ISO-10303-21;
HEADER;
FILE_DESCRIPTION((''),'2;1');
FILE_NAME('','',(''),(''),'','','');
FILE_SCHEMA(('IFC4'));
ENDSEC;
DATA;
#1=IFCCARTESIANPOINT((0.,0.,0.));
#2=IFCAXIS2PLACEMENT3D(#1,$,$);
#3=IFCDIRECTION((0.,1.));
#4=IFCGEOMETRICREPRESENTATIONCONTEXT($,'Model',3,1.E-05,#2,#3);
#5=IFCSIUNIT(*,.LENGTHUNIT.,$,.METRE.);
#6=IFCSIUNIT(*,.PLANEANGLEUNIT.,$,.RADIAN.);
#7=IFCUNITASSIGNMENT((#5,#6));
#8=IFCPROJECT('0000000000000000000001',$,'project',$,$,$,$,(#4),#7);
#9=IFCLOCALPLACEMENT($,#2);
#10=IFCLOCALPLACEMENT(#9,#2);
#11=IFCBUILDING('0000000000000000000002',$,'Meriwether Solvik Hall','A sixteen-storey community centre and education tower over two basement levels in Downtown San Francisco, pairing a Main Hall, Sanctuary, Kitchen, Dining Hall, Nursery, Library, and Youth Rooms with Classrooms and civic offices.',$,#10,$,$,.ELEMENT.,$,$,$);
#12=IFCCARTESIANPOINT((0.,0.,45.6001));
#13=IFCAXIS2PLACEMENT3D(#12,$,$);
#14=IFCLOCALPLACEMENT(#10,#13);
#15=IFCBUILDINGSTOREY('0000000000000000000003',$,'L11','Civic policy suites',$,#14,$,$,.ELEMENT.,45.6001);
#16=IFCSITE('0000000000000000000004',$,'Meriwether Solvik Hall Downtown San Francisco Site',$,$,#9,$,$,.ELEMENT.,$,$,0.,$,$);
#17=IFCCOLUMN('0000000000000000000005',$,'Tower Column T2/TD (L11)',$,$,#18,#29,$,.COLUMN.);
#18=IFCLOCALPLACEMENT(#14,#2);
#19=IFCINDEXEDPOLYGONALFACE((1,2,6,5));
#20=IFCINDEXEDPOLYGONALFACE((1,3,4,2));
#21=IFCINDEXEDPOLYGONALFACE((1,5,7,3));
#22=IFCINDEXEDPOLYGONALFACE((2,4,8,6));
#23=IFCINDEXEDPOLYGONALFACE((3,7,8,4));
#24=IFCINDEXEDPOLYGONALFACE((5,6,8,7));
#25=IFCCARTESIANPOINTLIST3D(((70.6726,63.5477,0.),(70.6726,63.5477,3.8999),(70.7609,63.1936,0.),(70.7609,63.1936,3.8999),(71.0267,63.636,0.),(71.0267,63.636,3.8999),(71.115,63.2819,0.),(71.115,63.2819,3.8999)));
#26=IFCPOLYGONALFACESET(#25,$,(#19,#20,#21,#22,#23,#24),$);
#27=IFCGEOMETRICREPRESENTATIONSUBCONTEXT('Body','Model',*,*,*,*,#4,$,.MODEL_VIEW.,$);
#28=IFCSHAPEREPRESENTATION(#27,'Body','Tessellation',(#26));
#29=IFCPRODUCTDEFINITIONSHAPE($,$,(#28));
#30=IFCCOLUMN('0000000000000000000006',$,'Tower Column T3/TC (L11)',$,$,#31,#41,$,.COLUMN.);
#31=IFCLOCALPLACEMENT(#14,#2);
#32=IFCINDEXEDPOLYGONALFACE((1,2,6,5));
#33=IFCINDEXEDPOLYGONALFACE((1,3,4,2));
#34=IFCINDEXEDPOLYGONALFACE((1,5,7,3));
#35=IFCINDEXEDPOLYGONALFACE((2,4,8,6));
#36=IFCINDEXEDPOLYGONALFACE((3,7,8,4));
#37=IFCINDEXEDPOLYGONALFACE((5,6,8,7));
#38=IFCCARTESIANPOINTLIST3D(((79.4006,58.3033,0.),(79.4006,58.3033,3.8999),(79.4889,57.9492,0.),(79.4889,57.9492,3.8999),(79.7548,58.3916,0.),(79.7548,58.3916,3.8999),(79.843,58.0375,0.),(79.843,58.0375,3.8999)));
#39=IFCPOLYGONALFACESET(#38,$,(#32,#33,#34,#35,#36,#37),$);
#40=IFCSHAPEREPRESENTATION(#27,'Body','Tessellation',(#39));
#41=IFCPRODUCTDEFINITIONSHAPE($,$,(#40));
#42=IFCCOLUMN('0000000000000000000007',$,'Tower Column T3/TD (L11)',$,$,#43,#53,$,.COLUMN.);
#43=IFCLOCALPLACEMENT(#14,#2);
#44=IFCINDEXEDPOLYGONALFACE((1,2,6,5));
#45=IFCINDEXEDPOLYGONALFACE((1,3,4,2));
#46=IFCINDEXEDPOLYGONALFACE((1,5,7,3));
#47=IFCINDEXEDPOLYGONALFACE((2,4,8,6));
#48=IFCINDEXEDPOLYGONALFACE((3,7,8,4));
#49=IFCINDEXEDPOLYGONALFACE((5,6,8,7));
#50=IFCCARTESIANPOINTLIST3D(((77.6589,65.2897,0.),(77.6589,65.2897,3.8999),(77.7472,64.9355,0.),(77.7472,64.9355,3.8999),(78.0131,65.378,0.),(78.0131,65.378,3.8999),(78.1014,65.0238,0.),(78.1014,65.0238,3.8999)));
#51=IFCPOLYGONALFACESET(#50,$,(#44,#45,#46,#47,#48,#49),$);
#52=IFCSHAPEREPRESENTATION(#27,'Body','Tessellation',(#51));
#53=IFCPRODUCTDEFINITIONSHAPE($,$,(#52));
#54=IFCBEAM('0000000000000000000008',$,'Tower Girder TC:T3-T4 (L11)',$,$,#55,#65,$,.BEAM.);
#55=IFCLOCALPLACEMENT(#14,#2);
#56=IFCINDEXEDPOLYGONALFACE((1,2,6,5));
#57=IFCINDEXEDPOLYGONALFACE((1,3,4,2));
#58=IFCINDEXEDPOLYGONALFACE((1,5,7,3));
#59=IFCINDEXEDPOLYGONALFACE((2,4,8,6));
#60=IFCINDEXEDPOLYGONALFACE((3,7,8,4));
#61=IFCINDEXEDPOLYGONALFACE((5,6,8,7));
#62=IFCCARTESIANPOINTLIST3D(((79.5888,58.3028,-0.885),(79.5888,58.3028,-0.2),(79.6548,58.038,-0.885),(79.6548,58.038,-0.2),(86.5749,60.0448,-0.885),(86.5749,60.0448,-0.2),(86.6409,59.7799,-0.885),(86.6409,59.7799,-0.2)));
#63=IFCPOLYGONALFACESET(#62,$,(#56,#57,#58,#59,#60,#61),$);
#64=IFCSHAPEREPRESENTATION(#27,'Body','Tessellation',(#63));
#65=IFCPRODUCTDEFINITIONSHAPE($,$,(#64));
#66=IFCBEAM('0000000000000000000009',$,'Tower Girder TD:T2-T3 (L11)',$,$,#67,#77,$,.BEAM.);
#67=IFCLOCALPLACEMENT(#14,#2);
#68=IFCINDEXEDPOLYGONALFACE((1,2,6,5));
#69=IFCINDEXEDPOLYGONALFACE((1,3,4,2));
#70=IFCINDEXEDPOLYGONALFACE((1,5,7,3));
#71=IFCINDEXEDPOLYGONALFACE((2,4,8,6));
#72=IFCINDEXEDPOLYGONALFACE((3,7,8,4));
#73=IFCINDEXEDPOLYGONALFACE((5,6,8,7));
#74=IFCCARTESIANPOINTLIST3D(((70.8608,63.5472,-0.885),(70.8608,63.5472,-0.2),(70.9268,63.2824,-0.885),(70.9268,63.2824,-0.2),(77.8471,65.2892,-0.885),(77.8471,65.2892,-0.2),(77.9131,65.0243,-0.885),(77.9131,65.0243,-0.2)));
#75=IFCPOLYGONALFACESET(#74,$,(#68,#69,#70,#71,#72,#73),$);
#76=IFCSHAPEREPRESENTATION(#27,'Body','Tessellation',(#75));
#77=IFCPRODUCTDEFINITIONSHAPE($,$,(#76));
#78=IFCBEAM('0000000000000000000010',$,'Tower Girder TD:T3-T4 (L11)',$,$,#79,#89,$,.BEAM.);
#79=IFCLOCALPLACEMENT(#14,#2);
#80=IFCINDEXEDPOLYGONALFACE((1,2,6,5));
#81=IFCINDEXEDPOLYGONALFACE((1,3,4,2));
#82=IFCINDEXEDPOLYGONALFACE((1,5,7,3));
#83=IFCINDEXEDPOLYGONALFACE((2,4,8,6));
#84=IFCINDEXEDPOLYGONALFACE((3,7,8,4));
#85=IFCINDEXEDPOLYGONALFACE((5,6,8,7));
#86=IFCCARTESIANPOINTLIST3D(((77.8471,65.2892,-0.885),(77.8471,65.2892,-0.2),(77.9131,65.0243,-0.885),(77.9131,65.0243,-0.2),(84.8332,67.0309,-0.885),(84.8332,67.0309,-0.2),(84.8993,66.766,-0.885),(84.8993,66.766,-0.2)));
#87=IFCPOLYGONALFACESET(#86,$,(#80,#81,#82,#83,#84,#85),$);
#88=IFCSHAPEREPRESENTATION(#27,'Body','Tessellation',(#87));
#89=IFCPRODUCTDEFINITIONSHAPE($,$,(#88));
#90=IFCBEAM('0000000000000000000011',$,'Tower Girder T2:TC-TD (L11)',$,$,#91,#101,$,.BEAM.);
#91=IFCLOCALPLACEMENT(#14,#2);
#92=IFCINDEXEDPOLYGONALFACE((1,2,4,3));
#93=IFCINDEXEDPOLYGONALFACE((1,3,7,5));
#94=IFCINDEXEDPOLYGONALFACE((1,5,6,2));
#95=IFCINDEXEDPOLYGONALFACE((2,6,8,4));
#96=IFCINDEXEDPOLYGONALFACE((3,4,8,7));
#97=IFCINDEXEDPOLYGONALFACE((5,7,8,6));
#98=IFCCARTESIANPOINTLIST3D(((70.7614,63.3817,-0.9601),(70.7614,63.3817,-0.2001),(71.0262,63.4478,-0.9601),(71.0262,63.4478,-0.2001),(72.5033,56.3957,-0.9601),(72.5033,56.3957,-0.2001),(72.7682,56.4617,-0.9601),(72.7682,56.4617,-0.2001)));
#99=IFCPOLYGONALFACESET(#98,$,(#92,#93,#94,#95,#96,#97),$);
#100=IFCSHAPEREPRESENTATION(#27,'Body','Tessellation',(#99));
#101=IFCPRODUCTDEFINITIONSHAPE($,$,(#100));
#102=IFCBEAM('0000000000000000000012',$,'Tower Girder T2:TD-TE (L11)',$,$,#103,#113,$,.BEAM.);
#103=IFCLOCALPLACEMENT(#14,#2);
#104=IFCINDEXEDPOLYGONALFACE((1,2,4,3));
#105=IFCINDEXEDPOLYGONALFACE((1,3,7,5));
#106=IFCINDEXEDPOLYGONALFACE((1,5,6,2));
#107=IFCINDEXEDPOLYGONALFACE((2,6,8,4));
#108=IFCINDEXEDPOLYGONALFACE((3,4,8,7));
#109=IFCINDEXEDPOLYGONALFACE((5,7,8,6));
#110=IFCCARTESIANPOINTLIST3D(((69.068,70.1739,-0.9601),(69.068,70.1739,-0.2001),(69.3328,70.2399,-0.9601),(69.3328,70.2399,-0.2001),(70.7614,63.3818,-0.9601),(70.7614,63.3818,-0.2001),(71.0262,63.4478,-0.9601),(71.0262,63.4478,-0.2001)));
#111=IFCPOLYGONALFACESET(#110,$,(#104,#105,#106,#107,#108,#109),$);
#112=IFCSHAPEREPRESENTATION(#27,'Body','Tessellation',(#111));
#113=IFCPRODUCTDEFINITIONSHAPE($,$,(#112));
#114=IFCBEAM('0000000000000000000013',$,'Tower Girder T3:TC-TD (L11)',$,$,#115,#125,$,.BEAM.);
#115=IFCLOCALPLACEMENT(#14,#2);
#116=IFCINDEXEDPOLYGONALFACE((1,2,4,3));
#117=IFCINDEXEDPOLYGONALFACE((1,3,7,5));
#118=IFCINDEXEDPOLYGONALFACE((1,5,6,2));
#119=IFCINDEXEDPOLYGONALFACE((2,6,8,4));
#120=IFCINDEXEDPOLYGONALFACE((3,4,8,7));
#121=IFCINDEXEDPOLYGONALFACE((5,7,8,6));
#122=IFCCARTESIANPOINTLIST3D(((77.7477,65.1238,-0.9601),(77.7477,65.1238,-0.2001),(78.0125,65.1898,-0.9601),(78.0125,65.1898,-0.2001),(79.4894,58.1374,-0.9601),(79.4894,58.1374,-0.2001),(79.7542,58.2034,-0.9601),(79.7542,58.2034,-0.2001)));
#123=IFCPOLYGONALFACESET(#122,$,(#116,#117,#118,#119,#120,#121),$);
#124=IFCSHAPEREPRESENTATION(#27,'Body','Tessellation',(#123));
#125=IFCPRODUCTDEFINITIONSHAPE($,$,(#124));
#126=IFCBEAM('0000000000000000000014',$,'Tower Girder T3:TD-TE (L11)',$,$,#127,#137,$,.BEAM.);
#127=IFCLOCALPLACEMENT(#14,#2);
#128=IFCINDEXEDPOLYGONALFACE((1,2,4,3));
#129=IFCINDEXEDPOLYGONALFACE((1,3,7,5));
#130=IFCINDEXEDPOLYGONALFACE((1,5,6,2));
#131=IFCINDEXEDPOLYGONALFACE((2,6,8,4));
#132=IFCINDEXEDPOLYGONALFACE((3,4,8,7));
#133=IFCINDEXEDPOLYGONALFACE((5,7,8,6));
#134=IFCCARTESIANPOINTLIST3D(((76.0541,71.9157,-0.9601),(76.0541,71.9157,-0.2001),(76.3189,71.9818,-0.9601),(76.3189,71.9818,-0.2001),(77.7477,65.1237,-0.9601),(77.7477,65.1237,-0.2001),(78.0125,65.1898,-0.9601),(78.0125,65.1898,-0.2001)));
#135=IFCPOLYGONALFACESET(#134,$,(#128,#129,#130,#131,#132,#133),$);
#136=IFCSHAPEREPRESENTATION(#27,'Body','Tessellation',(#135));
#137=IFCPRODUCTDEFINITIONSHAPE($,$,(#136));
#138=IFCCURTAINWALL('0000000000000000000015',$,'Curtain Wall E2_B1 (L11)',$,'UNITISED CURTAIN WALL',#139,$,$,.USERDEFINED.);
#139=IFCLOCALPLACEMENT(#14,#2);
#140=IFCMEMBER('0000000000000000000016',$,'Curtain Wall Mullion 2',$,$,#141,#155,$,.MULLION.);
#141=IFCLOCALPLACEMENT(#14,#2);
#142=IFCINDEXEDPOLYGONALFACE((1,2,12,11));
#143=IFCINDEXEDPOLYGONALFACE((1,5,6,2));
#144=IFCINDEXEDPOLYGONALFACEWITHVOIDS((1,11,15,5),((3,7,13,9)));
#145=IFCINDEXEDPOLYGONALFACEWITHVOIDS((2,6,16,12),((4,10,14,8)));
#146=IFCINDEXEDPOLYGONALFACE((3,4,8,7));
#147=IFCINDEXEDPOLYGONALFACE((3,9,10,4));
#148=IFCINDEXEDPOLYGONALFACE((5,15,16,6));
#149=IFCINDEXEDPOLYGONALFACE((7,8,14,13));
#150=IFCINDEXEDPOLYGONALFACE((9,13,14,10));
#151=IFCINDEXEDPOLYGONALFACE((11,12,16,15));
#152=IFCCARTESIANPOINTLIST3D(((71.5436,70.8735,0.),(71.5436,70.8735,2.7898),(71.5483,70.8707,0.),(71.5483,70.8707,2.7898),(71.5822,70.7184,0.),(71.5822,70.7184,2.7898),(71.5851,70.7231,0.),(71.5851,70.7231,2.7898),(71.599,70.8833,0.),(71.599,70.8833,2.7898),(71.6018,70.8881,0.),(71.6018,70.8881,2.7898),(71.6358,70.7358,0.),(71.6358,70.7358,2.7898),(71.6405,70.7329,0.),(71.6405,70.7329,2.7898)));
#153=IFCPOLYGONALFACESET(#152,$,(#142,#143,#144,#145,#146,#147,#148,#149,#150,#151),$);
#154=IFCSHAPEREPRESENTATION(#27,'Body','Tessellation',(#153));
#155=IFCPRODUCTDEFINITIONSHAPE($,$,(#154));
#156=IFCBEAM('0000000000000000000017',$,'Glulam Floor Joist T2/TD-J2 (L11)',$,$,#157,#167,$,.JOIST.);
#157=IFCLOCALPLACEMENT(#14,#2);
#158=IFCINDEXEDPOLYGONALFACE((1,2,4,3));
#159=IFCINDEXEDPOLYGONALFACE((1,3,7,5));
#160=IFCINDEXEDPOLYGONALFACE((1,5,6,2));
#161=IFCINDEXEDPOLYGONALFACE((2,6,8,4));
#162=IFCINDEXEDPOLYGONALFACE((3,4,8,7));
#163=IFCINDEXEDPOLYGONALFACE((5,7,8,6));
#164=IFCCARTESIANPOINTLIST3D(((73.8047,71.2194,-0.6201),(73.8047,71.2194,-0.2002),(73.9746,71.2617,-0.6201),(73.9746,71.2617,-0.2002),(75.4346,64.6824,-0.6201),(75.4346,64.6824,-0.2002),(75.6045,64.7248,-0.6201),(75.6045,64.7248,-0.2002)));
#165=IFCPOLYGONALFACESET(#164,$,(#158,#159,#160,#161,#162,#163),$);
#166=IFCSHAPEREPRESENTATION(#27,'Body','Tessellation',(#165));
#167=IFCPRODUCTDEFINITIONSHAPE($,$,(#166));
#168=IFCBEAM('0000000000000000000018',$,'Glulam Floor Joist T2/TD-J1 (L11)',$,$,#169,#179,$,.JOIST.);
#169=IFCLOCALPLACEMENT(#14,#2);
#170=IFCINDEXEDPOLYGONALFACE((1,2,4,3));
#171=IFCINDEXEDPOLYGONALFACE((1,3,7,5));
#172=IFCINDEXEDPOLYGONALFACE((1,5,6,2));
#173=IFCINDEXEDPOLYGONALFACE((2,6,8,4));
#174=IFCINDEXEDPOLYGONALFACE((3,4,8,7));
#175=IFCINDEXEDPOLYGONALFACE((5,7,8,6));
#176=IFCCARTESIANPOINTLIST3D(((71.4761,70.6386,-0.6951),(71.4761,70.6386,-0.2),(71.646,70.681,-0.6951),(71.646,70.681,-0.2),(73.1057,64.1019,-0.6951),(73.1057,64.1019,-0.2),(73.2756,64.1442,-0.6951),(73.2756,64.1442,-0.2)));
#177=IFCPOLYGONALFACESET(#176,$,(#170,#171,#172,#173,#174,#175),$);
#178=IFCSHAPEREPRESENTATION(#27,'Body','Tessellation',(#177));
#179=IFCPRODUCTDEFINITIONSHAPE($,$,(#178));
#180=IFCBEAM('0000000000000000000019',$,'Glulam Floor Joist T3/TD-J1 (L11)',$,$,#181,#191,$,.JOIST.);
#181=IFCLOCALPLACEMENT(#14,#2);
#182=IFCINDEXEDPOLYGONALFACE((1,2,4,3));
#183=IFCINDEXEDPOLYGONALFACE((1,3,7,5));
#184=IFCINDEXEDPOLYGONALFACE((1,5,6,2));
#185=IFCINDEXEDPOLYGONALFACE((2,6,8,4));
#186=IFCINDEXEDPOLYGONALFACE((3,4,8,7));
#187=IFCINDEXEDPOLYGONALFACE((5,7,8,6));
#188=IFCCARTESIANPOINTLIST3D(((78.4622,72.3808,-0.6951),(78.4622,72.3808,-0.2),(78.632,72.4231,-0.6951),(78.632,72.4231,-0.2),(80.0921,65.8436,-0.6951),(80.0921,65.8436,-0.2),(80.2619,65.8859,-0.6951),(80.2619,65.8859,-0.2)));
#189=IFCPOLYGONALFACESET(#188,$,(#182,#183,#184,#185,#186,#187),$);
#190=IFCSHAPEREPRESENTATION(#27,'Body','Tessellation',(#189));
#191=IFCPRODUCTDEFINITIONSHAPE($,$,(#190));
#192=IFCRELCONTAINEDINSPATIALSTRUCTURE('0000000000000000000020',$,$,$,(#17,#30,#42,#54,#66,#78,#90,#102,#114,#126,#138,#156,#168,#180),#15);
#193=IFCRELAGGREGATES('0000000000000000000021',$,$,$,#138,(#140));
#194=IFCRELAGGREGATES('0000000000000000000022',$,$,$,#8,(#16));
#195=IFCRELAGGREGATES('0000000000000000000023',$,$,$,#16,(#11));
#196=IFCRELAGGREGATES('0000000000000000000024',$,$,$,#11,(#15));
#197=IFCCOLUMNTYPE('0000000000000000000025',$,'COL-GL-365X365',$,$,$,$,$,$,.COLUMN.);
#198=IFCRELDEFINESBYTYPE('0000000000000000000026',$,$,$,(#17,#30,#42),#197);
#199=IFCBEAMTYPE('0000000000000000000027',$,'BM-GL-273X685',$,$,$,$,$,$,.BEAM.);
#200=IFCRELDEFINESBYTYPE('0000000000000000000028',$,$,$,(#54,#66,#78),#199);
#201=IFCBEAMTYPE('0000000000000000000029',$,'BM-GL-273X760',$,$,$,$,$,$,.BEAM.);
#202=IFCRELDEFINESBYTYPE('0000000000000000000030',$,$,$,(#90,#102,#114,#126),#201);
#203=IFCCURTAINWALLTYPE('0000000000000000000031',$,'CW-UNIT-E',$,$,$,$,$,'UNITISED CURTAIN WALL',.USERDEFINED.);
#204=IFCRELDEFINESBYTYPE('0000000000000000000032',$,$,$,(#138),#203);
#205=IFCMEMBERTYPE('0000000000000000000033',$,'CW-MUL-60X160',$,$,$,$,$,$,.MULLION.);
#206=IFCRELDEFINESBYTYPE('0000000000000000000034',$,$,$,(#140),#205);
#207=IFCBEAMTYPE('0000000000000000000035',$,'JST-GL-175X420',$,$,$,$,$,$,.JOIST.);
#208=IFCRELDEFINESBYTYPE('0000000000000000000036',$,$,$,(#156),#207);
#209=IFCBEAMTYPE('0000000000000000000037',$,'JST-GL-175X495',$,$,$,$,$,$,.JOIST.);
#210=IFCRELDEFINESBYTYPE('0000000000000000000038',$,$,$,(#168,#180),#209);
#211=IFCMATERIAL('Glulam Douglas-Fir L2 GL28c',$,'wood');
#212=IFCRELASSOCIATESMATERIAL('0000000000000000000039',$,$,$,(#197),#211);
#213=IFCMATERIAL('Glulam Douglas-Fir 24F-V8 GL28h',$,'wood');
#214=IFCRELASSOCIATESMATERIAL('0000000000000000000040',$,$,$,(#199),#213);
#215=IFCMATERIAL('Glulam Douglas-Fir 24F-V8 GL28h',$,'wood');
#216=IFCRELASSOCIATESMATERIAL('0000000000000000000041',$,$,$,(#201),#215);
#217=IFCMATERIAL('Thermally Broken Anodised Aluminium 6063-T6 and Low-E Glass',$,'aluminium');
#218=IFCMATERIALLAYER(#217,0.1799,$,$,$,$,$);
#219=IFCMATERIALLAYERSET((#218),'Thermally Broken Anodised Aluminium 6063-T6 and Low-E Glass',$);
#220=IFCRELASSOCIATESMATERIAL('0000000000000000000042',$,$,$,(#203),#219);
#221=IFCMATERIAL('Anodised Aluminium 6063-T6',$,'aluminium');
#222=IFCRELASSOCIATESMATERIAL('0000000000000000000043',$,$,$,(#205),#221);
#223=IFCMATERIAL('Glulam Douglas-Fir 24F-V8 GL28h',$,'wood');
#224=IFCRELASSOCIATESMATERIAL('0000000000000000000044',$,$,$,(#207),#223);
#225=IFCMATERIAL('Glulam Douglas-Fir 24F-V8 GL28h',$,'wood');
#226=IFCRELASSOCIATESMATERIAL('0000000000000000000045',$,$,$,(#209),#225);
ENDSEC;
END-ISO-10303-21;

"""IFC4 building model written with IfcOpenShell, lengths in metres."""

from ifc_helpers import new_model, si_unit, direction, frame, origin, origin_2d, place, context, subcontext, project, spatial, rectangle, hollow_rectangle, extrude, material, layer, layer_set, material_profile, profile_set, type_object, element, aggregate, save


model = new_model("IFC4")

# Units and contexts
model_context = context("Model", 3, precision=1e-05, world=origin(), true_north=direction((0.0, 1.0)))
body_context = subcontext(model_context, "Body", "Model", "MODEL_VIEW")
ifc_project = project(units=[si_unit("LENGTHUNIT", "METRE"), si_unit("PLANEANGLEUNIT", "RADIAN")], contexts=[model_context])

# Site, building, storey
site_placement = place(None, origin())
site = spatial("IfcSite", under=ifc_project, at=site_placement, Name="Meriwether Solvik Hall Downtown San Francisco Site", CompositionType="ELEMENT", RefElevation=0.0)
building_placement = place(site_placement, origin())
building = spatial("IfcBuilding", under=site, at=building_placement, Name="Meriwether Solvik Hall", Description="A sixteen-storey community centre and education tower over two basement levels in Downtown San Francisco, pairing a Main Hall, Sanctuary, Kitchen, Dining Hall, Nursery, Library, and Youth Rooms with Classrooms and civic offices.", CompositionType="ELEMENT")
storey_placement = place(building_placement, frame((0.0, 0.0, 45.6001)))
storey = spatial("IfcBuildingStorey", under=building, at=storey_placement, Name="L11", Description="Civic policy suites", CompositionType="ELEMENT", Elevation=45.6001)

# Columns
ifc_material_1 = material(Name="Glulam Douglas-Fir L2 GL28c", Category="wood")
ifc_material_profile_1 = material_profile(ifc_material_1, rectangle(XDim=0.365, YDim=0.365, at=origin_2d()), Name="GLC-365X365")
ifc_profile_set_1 = profile_set([ifc_material_profile_1], Name="Glulam Douglas-Fir L2 GL28c")
column_type = type_object("IfcColumnType", Name="COL-GL-365X365", PredefinedType="COLUMN", material=ifc_profile_set_1)
for number, where, z_axis, x_axis, name in (
    (1, (70.8938, 63.4148, 0.0), (0.0, 0.0, 1.0), (0.970296, 0.241922, 0.0), "Tower Column T2/TD (L11)"),
    (2, (79.6218, 58.1704, 0.0), (0.0, 0.0, 1.0), (0.970296, 0.241922, 0.0), "Tower Column T3/TC (L11)"),
    (3, (77.8801, 65.1567, 0.0), (0.0, 0.0, 1.0), (0.970296, 0.241922, 0.0), "Tower Column T3/TD (L11)"),
):
    element("IfcColumn", number, at=place(storey_placement, frame(where, z_axis=z_axis, x_axis=x_axis)), inside=storey, type_object=column_type, Name=name, PredefinedType="COLUMN", context=body_context, shape_type="SweptSolid", body=[
        extrude(rectangle(XDim=0.365, YDim=0.365, at=origin_2d()), origin(), (0.0, 0.0, 1.0), 3.8999),
    ])

# Beams
ifc_material_2 = material(Name="Glulam Douglas-Fir 24F-V8 GL28h", Category="wood")
ifc_material_profile_2 = material_profile(ifc_material_2, rectangle(XDim=0.2729, YDim=0.6851, at=origin_2d()), Name="GLB-273X685")
ifc_profile_set_2 = profile_set([ifc_material_profile_2], Name="Glulam Douglas-Fir 24F-V8 GL28h")
beam_type_1 = type_object("IfcBeamType", Name="BM-GL-273X685", PredefinedType="BEAM", material=ifc_profile_set_2)
beam_1_placement = place(storey_placement, frame((79.6218, 58.1704, -0.5425), z_axis=(0.970292, 0.241937, 0.0), x_axis=(-0.241937, 0.970292, 0.0)))
element("IfcBeam", 4, at=beam_1_placement, inside=storey, type_object=beam_type_1, Name="Tower Girder TC:T3-T4 (L11)", PredefinedType="BEAM", context=body_context, shape_type="SweptSolid", body=[
    extrude(rectangle(XDim=0.2729, YDim=0.6851, at=origin_2d()), origin(), (0.0, 0.0, 1.0), 7.2),
])
beam_2_placement = place(storey_placement, frame((70.8938, 63.4148, -0.5425), z_axis=(0.970294, 0.241929, 0.0), x_axis=(-0.241929, 0.970294, 0.0)))
element("IfcBeam", 5, at=beam_2_placement, inside=storey, type_object=beam_type_1, Name="Tower Girder TD:T2-T3 (L11)", PredefinedType="BEAM", context=body_context, shape_type="SweptSolid", body=[
    extrude(rectangle(XDim=0.2729, YDim=0.6851, at=origin_2d()), origin(), (0.0, 0.0, 1.0), 7.2002),
])
beam_3_placement = place(storey_placement, frame((77.8801, 65.1567, -0.5425), z_axis=(0.9703, 0.241905, 0.0), x_axis=(-0.241905, 0.9703, 0.0)))
element("IfcBeam", 6, at=beam_3_placement, inside=storey, type_object=beam_type_1, Name="Tower Girder TD:T3-T4 (L11)", PredefinedType="BEAM", context=body_context, shape_type="SweptSolid", body=[
    extrude(rectangle(XDim=0.2729, YDim=0.6851, at=origin_2d()), origin(), (0.0, 0.0, 1.0), 7.2),
])
ifc_material_3 = material(Name="Glulam Douglas-Fir 24F-V8 GL28h", Category="wood")
ifc_material_profile_3 = material_profile(ifc_material_3, rectangle(XDim=0.2729, YDim=0.76, at=origin_2d()), Name="GLB-273X760")
ifc_profile_set_3 = profile_set([ifc_material_profile_3], Name="Glulam Douglas-Fir 24F-V8 GL28h")
beam_type_2 = type_object("IfcBeamType", Name="BM-GL-273X760", PredefinedType="BEAM", material=ifc_profile_set_3)
beam_4_placement = place(storey_placement, frame((72.6357, 56.4287, -0.5801), z_axis=(-0.241937, 0.970292, 0.0), x_axis=(-0.970292, -0.241937, 0.0)))
element("IfcBeam", 7, at=beam_4_placement, inside=storey, type_object=beam_type_2, Name="Tower Girder T2:TC-TD (L11)", PredefinedType="BEAM", context=body_context, shape_type="SweptSolid", body=[
    extrude(rectangle(XDim=0.2729, YDim=0.76, at=origin_2d()), origin(), (0.0, 0.0, 1.0), 7.2),
])
beam_5_placement = place(storey_placement, frame((70.8938, 63.4148, -0.5801), z_axis=(-0.241912, 0.970298, 0.0), x_axis=(-0.970298, -0.241912, 0.0)))
element("IfcBeam", 8, at=beam_5_placement, inside=storey, type_object=beam_type_2, Name="Tower Girder T2:TD-TE (L11)", PredefinedType="BEAM", context=body_context, shape_type="SweptSolid", body=[
    extrude(rectangle(XDim=0.2729, YDim=0.76, at=origin_2d()), origin(), (0.0, 0.0, 1.0), 7.0),
])
beam_6_placement = place(storey_placement, frame((79.6218, 58.1704, -0.5801), z_axis=(-0.241897, 0.970302, 0.0), x_axis=(-0.970302, -0.241897, 0.0)))
element("IfcBeam", 9, at=beam_6_placement, inside=storey, type_object=beam_type_2, Name="Tower Girder T3:TC-TD (L11)", PredefinedType="BEAM", context=body_context, shape_type="SweptSolid", body=[
    extrude(rectangle(XDim=0.2729, YDim=0.76, at=origin_2d()), origin(), (0.0, 0.0, 1.0), 7.2002),
])
beam_7_placement = place(storey_placement, frame((77.8801, 65.1567, -0.5801), z_axis=(-0.241945, 0.97029, 0.0), x_axis=(-0.97029, -0.241945, 0.0)))
element("IfcBeam", 10, at=beam_7_placement, inside=storey, type_object=beam_type_2, Name="Tower Girder T3:TD-TE (L11)", PredefinedType="BEAM", context=body_context, shape_type="SweptSolid", body=[
    extrude(rectangle(XDim=0.2729, YDim=0.76, at=origin_2d()), origin(), (0.0, 0.0, 1.0), 7.0),
])

# Curtain wall, member
ifc_material_4 = material(Name="Thermally Broken Anodised Aluminium 6063-T6 and Low-E Glass", Category="aluminium")
ifc_layer_1 = layer(ifc_material_4, 0.1799)
ifc_layer_set_1 = layer_set([ifc_layer_1], Name="Thermally Broken Anodised Aluminium 6063-T6 and Low-E Glass")
curtain_wall_type = type_object("IfcCurtainWallType", Name="CW-UNIT-E", ElementType="UNITISED CURTAIN WALL", PredefinedType="USERDEFINED", material=ifc_layer_set_1)
curtain_wall_placement = place(storey_placement, origin())
curtain_wall = element("IfcCurtainWall", 11, at=curtain_wall_placement, inside=storey, type_object=curtain_wall_type, Name="Curtain Wall E2_B1 (L11)", ObjectType="UNITISED CURTAIN WALL", PredefinedType="USERDEFINED")
ifc_material_5 = material(Name="Anodised Aluminium 6063-T6", Category="aluminium")
ifc_material_profile_4 = material_profile(ifc_material_5, hollow_rectangle(XDim=0.0601, YDim=0.1599, WallThickness=0.0039, at=origin_2d()), Name="CWM-60X160")
ifc_profile_set_4 = profile_set([ifc_material_profile_4], Name="Anodised Aluminium 6063-T6")
member_type_1 = type_object("IfcMemberType", Name="CW-MUL-60X160", PredefinedType="MULLION", material=ifc_profile_set_4)
member_1_placement = place(storey_placement, frame((71.592, 70.8032, 0.0), z_axis=(0.0, 0.0, 1.0), x_axis=(0.970296, 0.241922, 0.0)))
member_1 = element("IfcMember", 12, at=member_1_placement, type_object=member_type_1, Name="Curtain Wall Mullion 2", PredefinedType="MULLION", context=body_context, shape_type="SweptSolid", body=[
    extrude(hollow_rectangle(XDim=0.0601, YDim=0.1599, WallThickness=0.0039, at=origin_2d()), origin(), (0.0, 0.0, 1.0), 2.7898),
])

# Beams
ifc_material_6 = material(Name="Glulam Douglas-Fir 24F-V8 GL28h", Category="wood")
ifc_material_profile_5 = material_profile(ifc_material_6, rectangle(XDim=0.175, YDim=0.4199, at=origin_2d()), Name="GLJ-175X420")
ifc_profile_set_5 = profile_set([ifc_material_profile_5], Name="Glulam Douglas-Fir 24F-V8 GL28h")
beam_type_3 = type_object("IfcBeamType", Name="JST-GL-175X420", PredefinedType="JOIST", material=ifc_profile_set_5)
beam_8_placement = place(storey_placement, frame((75.5195, 64.7036, -0.4102), z_axis=(-0.24193, 0.970294, 0.0), x_axis=(-0.970294, -0.24193, 0.0)))
element("IfcBeam", 13, at=beam_8_placement, inside=storey, type_object=beam_type_3, Name="Glulam Floor Joist T2/TD-J2 (L11)", PredefinedType="JOIST", context=body_context, shape_type="SweptSolid", body=[
    extrude(rectangle(XDim=0.175, YDim=0.4199, at=origin_2d()), origin(), (0.0, 0.0, 1.0), 6.7371),
])
ifc_material_7 = material(Name="Glulam Douglas-Fir 24F-V8 GL28h", Category="wood")
ifc_material_profile_6 = material_profile(ifc_material_7, rectangle(XDim=0.175, YDim=0.4951, at=origin_2d()), Name="GLJ-175X495")
ifc_profile_set_6 = profile_set([ifc_material_profile_6], Name="Glulam Douglas-Fir 24F-V8 GL28h")
beam_type_4 = type_object("IfcBeamType", Name="JST-GL-175X495", PredefinedType="JOIST", material=ifc_profile_set_6)
beam_9_placement = place(storey_placement, frame((73.1907, 64.123, -0.4475), z_axis=(-0.241896, 0.970302, 0.0), x_axis=(-0.970302, -0.241896, 0.0)))
element("IfcBeam", 14, at=beam_9_placement, inside=storey, type_object=beam_type_4, Name="Glulam Floor Joist T2/TD-J1 (L11)", PredefinedType="JOIST", context=body_context, shape_type="SweptSolid", body=[
    extrude(rectangle(XDim=0.175, YDim=0.4951, at=origin_2d()), origin(), (0.0, 0.0, 1.0), 6.7368),
])
beam_10_placement = place(storey_placement, frame((80.177, 65.8647, -0.4475), z_axis=(-0.241922, 0.970296, 0.0), x_axis=(-0.970296, -0.241922, 0.0)))
element("IfcBeam", 15, at=beam_10_placement, inside=storey, type_object=beam_type_4, Name="Glulam Floor Joist T3/TD-J1 (L11)", PredefinedType="JOIST", context=body_context, shape_type="SweptSolid", body=[
    extrude(rectangle(XDim=0.175, YDim=0.4951, at=origin_2d()), origin(), (0.0, 0.0, 1.0), 6.7373),
])

aggregate(curtain_wall, [member_1])

save(model, "model.ifc")
